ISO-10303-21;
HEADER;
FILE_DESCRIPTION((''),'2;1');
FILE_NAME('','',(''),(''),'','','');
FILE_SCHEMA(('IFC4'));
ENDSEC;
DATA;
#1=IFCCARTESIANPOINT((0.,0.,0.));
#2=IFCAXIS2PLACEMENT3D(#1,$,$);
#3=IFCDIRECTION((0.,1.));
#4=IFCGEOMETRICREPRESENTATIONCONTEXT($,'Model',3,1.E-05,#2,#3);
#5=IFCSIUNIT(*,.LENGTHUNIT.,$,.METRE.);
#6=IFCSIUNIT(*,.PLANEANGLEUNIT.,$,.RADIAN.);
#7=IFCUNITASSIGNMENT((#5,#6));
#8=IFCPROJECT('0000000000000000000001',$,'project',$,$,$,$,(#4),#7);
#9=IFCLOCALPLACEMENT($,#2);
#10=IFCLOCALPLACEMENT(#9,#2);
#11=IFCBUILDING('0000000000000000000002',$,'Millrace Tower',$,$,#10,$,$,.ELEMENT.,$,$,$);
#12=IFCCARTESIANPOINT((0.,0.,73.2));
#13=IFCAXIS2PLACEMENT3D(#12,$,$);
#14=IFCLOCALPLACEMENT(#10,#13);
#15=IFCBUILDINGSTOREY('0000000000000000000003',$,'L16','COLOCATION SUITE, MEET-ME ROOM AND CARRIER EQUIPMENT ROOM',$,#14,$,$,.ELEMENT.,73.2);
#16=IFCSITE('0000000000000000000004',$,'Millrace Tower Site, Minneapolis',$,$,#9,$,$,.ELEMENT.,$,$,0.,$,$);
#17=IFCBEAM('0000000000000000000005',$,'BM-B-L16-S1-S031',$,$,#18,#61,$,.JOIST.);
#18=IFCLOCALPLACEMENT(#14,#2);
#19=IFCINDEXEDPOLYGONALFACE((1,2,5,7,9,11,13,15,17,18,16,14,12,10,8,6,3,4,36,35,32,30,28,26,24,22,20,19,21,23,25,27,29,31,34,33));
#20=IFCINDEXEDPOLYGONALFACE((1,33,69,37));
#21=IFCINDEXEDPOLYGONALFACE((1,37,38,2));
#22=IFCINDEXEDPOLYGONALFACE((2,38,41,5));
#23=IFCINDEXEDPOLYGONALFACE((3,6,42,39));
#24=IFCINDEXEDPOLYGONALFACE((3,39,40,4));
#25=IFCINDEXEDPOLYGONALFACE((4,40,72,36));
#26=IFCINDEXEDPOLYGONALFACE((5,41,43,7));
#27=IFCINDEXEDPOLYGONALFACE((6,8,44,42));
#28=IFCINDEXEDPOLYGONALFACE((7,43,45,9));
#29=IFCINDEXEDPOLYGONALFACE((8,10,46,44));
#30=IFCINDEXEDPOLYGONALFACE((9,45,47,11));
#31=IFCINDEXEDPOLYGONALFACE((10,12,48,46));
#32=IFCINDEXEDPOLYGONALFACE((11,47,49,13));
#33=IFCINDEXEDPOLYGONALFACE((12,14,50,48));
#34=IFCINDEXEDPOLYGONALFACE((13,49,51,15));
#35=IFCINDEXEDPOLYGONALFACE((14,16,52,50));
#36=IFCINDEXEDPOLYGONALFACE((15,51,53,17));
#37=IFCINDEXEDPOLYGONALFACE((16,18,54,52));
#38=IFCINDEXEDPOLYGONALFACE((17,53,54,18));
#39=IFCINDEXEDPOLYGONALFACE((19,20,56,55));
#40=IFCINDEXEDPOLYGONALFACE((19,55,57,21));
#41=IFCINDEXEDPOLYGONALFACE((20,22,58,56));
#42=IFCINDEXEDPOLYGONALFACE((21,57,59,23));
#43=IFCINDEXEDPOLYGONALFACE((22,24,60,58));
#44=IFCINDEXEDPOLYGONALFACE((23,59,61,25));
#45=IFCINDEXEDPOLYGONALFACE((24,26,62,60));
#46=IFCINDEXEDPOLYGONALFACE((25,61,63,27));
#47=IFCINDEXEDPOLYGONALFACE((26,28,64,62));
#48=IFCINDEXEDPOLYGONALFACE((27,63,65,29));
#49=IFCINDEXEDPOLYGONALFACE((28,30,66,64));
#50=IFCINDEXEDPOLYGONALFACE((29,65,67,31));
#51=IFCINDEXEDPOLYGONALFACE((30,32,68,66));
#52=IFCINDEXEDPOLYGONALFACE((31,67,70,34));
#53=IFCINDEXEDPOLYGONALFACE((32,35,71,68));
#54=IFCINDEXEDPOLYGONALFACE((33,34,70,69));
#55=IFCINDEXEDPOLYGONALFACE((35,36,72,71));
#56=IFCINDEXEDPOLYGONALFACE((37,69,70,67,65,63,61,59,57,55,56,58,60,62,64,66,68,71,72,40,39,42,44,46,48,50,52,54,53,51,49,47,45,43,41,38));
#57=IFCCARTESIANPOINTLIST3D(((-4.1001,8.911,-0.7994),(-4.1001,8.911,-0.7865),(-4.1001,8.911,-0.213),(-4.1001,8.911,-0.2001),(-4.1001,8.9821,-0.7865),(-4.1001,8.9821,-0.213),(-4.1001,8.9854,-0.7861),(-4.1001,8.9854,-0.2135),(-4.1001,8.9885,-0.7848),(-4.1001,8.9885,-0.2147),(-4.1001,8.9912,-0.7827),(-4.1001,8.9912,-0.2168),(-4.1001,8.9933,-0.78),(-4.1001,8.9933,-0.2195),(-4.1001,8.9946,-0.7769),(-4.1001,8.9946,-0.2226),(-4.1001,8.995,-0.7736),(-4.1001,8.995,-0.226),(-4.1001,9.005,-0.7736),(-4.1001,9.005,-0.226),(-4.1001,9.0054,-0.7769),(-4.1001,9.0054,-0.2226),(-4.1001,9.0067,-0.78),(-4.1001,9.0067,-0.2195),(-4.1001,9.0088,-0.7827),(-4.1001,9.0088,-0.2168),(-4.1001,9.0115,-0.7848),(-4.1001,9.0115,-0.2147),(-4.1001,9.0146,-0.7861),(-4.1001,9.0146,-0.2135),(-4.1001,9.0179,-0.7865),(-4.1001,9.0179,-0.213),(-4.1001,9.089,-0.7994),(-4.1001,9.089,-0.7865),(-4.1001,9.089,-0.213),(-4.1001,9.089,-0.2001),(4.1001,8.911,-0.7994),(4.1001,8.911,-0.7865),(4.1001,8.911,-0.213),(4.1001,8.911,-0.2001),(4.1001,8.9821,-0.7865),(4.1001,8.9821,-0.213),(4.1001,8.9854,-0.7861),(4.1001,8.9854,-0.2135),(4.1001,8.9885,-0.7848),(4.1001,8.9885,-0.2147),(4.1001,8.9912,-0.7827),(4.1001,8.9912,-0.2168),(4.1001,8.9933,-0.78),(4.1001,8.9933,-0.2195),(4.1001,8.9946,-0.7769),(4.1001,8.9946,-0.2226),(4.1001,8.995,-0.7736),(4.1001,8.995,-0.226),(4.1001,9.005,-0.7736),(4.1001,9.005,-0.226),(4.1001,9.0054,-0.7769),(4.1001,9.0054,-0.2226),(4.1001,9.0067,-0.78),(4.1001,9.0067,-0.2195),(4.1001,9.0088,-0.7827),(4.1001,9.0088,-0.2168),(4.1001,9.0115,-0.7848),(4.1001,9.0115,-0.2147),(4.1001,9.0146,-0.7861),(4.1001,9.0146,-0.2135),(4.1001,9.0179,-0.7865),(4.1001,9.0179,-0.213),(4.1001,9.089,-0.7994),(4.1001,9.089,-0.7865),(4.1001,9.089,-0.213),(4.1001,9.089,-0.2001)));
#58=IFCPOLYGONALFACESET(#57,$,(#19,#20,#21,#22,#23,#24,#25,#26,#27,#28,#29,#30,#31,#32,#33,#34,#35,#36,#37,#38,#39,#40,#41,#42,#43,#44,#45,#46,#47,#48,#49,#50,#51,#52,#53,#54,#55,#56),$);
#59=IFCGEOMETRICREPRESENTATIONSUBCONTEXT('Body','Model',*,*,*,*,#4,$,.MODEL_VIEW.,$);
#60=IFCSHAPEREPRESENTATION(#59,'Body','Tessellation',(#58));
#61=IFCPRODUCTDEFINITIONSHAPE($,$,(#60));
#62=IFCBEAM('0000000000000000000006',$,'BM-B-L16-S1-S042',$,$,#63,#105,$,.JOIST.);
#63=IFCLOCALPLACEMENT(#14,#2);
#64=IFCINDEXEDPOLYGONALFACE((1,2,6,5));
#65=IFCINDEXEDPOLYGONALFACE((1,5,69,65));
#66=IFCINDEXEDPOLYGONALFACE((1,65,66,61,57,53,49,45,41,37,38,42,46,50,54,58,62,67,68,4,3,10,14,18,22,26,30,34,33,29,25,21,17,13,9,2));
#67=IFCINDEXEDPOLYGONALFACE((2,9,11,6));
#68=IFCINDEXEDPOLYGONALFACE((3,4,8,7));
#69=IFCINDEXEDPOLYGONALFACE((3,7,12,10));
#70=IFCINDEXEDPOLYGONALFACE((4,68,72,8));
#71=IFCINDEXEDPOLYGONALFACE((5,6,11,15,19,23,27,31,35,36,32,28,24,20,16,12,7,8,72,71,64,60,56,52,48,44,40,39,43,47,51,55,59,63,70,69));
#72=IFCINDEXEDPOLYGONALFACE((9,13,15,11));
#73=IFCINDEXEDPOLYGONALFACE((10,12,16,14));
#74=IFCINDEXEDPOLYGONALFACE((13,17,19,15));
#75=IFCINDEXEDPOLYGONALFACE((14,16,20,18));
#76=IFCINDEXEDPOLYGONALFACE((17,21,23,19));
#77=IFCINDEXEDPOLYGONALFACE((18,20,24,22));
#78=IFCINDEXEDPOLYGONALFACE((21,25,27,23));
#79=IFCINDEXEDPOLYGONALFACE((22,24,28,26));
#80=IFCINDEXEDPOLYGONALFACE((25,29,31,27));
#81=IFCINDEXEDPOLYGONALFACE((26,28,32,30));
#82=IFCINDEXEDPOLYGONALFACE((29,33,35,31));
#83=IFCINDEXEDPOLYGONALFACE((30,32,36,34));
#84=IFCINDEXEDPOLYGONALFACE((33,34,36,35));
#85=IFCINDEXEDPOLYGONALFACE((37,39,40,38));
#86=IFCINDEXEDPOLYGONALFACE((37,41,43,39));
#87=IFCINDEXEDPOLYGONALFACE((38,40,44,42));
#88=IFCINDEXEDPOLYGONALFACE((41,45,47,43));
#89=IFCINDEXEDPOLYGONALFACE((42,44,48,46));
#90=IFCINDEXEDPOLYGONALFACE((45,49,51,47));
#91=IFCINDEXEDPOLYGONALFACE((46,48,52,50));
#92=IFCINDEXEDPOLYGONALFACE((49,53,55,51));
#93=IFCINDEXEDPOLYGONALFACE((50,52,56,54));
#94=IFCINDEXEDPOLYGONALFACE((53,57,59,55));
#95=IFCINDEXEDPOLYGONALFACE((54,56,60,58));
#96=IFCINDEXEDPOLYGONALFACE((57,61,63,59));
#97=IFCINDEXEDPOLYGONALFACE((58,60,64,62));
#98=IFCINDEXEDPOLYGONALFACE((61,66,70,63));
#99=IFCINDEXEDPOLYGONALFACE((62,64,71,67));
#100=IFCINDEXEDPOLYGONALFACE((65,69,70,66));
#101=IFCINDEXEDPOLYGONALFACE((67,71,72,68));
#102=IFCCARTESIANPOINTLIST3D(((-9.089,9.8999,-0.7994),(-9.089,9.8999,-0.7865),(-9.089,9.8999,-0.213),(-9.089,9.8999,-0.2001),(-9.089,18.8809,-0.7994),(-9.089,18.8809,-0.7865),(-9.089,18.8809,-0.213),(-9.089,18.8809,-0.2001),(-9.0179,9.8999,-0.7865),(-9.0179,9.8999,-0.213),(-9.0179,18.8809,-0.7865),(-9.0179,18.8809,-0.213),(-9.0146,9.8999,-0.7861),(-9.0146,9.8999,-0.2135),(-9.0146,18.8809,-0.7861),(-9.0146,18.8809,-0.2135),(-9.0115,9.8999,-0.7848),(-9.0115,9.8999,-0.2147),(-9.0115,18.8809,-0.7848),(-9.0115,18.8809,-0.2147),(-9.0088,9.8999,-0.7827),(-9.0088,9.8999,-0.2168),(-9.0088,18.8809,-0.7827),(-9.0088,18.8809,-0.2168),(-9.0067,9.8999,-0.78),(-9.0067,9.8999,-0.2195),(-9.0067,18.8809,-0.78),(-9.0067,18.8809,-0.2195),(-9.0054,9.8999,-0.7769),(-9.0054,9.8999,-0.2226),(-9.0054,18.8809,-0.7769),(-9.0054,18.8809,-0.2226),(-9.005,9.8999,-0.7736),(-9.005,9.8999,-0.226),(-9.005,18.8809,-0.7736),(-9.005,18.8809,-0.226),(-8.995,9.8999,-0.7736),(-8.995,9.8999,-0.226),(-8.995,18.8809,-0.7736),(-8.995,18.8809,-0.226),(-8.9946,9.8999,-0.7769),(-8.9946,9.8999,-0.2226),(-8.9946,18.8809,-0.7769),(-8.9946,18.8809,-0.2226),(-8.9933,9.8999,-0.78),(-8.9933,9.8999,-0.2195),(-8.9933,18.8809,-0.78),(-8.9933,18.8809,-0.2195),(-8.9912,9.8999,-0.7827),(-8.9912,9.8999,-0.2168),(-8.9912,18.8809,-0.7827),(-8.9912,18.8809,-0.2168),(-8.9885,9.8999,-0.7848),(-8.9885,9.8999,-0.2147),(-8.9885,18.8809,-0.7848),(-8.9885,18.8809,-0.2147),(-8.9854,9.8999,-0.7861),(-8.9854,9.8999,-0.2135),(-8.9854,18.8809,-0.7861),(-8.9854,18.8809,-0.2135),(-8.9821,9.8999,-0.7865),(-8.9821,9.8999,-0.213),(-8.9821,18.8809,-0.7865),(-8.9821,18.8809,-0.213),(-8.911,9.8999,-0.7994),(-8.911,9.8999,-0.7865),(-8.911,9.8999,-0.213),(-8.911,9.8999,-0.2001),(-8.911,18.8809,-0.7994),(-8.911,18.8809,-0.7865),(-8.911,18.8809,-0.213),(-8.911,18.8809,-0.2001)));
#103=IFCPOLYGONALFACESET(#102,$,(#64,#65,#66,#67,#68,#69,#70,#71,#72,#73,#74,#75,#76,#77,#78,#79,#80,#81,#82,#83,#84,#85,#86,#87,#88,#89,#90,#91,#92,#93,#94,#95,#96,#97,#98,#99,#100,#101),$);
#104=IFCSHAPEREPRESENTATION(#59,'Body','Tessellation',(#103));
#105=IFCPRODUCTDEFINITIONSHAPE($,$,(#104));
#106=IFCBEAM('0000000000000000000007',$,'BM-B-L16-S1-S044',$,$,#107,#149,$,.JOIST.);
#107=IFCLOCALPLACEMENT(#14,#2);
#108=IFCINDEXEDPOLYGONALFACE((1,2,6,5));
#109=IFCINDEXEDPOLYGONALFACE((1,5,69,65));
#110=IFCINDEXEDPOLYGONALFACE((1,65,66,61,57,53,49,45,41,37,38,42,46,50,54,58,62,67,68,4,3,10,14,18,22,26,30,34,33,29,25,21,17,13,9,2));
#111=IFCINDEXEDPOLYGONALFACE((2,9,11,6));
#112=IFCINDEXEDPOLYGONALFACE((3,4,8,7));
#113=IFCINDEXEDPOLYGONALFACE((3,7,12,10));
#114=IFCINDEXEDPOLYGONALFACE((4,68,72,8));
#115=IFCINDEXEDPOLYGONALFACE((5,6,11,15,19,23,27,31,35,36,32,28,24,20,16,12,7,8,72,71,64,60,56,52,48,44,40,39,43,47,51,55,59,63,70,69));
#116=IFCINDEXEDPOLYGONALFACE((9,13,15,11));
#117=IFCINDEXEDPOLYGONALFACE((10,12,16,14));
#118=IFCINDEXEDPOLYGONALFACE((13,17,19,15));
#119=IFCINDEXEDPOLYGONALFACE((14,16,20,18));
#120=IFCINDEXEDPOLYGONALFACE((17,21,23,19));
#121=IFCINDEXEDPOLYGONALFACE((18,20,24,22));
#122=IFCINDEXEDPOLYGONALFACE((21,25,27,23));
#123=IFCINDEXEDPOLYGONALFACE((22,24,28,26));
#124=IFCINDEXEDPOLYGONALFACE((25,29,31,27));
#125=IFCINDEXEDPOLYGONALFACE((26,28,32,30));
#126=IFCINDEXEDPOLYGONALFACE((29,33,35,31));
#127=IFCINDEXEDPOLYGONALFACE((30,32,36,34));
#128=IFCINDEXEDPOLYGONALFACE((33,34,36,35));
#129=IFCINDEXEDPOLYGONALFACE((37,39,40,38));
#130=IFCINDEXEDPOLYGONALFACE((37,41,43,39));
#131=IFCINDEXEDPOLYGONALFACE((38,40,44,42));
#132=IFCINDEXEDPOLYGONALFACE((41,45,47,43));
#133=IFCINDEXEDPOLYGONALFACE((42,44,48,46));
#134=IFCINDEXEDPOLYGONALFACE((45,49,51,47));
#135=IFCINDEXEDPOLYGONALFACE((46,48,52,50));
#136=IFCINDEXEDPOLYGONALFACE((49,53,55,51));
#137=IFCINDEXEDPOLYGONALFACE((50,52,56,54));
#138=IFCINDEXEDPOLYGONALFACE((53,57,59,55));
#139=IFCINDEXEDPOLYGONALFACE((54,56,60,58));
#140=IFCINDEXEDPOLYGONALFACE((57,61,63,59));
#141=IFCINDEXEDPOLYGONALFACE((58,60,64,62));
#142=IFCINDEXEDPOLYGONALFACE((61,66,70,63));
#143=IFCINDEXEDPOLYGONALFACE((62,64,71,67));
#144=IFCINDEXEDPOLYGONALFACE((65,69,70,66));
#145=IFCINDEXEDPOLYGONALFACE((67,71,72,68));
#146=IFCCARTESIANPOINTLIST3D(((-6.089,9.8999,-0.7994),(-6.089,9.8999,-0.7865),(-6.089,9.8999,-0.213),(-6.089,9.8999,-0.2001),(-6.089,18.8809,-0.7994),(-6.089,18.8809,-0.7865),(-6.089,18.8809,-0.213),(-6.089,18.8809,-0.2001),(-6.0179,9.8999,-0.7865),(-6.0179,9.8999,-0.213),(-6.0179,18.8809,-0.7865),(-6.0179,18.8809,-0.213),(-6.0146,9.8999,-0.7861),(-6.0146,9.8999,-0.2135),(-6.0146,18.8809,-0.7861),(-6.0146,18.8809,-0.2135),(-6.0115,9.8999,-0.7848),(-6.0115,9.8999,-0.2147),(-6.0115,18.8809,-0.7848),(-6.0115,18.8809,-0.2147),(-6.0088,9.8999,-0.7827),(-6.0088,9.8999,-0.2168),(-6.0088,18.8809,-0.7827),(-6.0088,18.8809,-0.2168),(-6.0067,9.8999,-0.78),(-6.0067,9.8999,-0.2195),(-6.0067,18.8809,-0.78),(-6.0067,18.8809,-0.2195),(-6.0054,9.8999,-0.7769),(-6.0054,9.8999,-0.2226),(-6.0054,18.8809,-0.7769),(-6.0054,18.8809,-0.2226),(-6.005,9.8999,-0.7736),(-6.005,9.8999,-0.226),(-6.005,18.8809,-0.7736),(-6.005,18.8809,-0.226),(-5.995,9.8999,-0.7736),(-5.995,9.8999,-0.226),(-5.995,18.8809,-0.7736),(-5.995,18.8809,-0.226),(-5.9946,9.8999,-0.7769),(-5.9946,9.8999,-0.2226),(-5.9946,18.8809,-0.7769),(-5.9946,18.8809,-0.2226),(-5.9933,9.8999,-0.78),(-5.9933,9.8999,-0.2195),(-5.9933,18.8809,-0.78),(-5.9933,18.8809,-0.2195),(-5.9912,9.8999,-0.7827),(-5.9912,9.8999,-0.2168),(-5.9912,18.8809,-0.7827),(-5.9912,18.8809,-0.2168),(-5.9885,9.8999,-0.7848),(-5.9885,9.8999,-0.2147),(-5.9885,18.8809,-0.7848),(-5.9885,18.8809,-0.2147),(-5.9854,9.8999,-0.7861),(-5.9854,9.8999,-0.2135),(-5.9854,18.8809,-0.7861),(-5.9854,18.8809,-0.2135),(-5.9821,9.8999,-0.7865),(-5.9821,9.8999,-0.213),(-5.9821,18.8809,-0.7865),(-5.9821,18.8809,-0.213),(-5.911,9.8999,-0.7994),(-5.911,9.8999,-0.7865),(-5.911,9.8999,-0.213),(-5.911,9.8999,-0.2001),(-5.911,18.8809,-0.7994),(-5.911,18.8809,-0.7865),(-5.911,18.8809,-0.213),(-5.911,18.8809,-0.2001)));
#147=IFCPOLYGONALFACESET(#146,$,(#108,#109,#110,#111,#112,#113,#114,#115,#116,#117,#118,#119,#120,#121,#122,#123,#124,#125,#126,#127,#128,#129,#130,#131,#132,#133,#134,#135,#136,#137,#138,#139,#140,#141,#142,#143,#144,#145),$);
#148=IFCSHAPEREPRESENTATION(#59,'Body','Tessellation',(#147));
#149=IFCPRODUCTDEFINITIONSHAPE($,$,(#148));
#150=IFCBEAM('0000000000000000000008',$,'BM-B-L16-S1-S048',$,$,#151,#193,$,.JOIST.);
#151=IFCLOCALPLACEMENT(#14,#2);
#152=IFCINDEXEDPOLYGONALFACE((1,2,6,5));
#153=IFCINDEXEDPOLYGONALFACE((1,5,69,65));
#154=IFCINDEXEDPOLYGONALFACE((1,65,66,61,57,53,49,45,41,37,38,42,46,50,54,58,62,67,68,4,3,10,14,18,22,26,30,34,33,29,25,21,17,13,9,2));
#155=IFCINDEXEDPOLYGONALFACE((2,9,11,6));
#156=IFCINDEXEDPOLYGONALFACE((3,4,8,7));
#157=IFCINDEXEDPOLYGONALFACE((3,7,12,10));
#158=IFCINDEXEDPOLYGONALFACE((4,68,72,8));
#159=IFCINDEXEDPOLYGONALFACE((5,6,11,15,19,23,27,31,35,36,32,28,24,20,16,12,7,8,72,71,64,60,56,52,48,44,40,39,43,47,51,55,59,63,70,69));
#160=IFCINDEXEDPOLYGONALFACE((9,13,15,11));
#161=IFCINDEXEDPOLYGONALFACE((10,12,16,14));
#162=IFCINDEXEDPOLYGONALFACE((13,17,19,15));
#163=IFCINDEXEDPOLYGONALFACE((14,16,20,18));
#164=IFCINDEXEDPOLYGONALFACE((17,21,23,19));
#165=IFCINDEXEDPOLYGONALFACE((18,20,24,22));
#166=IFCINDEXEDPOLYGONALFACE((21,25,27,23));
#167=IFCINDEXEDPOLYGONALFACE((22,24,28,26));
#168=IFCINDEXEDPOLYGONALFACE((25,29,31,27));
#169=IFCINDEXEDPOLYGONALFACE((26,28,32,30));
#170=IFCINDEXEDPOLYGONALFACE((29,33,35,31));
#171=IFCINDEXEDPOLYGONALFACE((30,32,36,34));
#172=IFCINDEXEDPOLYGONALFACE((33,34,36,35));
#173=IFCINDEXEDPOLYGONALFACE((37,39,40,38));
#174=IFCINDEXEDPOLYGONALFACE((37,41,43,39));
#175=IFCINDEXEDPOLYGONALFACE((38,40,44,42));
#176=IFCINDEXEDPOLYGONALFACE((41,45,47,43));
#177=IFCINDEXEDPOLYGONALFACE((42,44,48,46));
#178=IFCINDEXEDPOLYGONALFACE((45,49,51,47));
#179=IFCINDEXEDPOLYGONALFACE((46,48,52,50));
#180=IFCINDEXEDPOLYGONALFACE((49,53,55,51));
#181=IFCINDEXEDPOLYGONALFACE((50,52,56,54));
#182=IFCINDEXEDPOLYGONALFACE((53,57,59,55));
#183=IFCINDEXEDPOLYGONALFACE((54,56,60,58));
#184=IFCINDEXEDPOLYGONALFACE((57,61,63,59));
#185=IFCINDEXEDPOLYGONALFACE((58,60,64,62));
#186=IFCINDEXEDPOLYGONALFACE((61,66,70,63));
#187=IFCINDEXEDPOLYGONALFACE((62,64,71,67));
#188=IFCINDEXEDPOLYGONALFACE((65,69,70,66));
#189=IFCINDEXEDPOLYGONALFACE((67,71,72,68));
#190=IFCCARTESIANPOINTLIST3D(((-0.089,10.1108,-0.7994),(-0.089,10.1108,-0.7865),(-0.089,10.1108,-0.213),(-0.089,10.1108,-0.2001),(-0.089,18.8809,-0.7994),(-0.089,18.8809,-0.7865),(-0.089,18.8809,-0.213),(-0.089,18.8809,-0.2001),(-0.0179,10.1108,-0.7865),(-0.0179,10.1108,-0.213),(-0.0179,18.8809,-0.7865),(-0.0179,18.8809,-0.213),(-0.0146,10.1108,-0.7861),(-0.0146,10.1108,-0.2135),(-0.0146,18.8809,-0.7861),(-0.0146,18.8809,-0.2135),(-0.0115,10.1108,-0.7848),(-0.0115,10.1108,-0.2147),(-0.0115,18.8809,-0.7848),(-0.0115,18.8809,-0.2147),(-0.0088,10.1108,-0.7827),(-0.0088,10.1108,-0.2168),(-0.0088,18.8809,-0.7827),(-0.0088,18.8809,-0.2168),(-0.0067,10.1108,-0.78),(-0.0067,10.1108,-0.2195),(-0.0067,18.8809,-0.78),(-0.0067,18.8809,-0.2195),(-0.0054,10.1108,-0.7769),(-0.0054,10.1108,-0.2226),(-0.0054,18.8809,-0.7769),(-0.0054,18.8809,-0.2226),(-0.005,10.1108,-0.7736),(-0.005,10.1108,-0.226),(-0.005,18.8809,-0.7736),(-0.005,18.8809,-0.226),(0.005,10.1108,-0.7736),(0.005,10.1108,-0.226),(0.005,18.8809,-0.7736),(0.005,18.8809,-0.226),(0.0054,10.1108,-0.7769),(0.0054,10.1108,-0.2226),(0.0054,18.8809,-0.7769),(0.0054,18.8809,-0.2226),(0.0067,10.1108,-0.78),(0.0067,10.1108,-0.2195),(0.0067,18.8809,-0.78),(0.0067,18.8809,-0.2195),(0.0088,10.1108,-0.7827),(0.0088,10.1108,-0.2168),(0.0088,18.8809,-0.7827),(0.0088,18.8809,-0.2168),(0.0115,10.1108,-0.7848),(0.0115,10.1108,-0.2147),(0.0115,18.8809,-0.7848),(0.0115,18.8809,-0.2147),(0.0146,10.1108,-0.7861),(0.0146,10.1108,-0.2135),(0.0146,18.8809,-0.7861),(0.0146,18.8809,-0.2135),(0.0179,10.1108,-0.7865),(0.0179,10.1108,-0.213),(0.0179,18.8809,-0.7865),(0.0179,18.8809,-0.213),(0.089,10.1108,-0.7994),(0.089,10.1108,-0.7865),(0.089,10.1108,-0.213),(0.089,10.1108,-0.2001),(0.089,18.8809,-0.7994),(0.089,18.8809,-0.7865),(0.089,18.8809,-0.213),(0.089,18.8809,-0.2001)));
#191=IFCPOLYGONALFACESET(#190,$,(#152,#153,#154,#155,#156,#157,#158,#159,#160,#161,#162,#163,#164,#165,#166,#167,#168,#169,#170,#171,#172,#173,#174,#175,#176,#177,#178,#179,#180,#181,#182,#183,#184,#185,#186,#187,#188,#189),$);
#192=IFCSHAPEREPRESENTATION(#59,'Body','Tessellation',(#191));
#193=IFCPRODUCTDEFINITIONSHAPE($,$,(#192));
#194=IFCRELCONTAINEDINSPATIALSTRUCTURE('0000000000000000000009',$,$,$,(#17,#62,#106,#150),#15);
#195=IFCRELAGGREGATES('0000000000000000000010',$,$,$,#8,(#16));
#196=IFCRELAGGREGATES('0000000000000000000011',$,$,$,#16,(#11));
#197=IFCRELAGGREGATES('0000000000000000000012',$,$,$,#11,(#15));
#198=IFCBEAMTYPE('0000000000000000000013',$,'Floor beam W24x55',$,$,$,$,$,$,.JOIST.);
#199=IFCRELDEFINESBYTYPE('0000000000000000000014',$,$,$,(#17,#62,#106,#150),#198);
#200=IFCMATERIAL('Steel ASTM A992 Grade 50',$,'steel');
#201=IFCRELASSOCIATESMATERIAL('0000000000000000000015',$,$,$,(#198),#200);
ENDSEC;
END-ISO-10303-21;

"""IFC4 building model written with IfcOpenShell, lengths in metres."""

from ifc_helpers import new_model, si_unit, direction, frame, origin, origin_2d, place, context, subcontext, project, spatial, i_section, extrude, material, material_profile, profile_set, type_object, element, save


model = new_model("IFC4")

# Units and contexts
model_context = context("Model", 3, precision=1e-05, world=origin(), true_north=direction((0.0, 1.0)))
body_context = subcontext(model_context, "Body", "Model", "MODEL_VIEW")
ifc_project = project(units=[si_unit("LENGTHUNIT", "METRE"), si_unit("PLANEANGLEUNIT", "RADIAN")], contexts=[model_context])

# Site, building, storey
site_placement = place(None, origin())
site = spatial("IfcSite", under=ifc_project, at=site_placement, Name="Millrace Tower Site, Minneapolis", CompositionType="ELEMENT", RefElevation=0.0)
building_placement = place(site_placement, origin())
building = spatial("IfcBuilding", under=site, at=building_placement, Name="Millrace Tower", CompositionType="ELEMENT")
storey_placement = place(building_placement, frame((0.0, 0.0, 73.2)))
storey = spatial("IfcBuildingStorey", under=building, at=storey_placement, Name="L16", Description="COLOCATION SUITE, MEET-ME ROOM AND CARRIER EQUIPMENT ROOM", CompositionType="ELEMENT", Elevation=73.2)

# Beams
ifc_material_1 = material(Name="Steel ASTM A992 Grade 50", Category="steel")
ifc_material_profile_1 = material_profile(ifc_material_1, i_section(OverallWidth=0.178, OverallDepth=0.5994, WebThickness=0.01, FlangeThickness=0.0129, FilletRadius=0.0129, at=origin_2d()))
ifc_profile_set_1 = profile_set([ifc_material_profile_1], Name="Steel ASTM A992 Grade 50")
beam_type_1 = type_object("IfcBeamType", Name="Floor beam W24x55", PredefinedType="JOIST", material=ifc_profile_set_1)
for number, where, z_axis, x_axis, name in (
    (1, (-4.1001, 9.0, -0.4998), (1.0, 0.0, 0.0), (0.0, 1.0, 0.0), "BM-B-L16-S1-S031"),
):
    element("IfcBeam", number, at=place(storey_placement, frame(where, z_axis=z_axis, x_axis=x_axis)), inside=storey, type_object=beam_type_1, Name=name, PredefinedType="JOIST", context=body_context, shape_type="SweptSolid", body=[
        extrude(i_section(OverallWidth=0.178, OverallDepth=0.5994, WebThickness=0.01, FlangeThickness=0.0129, FilletRadius=0.0129, at=origin_2d()), origin(), (0.0, 0.0, 1.0), 8.2002),
    ])
for number, where, z_axis, x_axis, name in (
    (2, (-9.0, 9.8999, -0.4998), (0.0, 1.0, 0.0), (-1.0, 0.0, 0.0), "BM-B-L16-S1-S042"),
    (3, (-6.0, 9.8999, -0.4998), (0.0, 1.0, 0.0), (-1.0, 0.0, 0.0), "BM-B-L16-S1-S044"),
):
    element("IfcBeam", number, at=place(storey_placement, frame(where, z_axis=z_axis, x_axis=x_axis)), inside=storey, type_object=beam_type_1, Name=name, PredefinedType="JOIST", context=body_context, shape_type="SweptSolid", body=[
        extrude(i_section(OverallWidth=0.178, OverallDepth=0.5994, WebThickness=0.01, FlangeThickness=0.0129, FilletRadius=0.0129, at=origin_2d()), origin(), (0.0, 0.0, 1.0), 8.981),
    ])
beam_1_placement = place(storey_placement, frame((0.0, 10.1108, -0.4998), z_axis=(0.0, 1.0, 0.0), x_axis=(-1.0, 0.0, 0.0)))
element("IfcBeam", 4, at=beam_1_placement, inside=storey, type_object=beam_type_1, Name="BM-B-L16-S1-S048", PredefinedType="JOIST", context=body_context, shape_type="SweptSolid", body=[
    extrude(i_section(OverallWidth=0.178, OverallDepth=0.5994, WebThickness=0.01, FlangeThickness=0.0129, FilletRadius=0.0129, at=origin_2d()), origin(), (0.0, 0.0, 1.0), 8.77),
])

save(model, "model.ifc")
